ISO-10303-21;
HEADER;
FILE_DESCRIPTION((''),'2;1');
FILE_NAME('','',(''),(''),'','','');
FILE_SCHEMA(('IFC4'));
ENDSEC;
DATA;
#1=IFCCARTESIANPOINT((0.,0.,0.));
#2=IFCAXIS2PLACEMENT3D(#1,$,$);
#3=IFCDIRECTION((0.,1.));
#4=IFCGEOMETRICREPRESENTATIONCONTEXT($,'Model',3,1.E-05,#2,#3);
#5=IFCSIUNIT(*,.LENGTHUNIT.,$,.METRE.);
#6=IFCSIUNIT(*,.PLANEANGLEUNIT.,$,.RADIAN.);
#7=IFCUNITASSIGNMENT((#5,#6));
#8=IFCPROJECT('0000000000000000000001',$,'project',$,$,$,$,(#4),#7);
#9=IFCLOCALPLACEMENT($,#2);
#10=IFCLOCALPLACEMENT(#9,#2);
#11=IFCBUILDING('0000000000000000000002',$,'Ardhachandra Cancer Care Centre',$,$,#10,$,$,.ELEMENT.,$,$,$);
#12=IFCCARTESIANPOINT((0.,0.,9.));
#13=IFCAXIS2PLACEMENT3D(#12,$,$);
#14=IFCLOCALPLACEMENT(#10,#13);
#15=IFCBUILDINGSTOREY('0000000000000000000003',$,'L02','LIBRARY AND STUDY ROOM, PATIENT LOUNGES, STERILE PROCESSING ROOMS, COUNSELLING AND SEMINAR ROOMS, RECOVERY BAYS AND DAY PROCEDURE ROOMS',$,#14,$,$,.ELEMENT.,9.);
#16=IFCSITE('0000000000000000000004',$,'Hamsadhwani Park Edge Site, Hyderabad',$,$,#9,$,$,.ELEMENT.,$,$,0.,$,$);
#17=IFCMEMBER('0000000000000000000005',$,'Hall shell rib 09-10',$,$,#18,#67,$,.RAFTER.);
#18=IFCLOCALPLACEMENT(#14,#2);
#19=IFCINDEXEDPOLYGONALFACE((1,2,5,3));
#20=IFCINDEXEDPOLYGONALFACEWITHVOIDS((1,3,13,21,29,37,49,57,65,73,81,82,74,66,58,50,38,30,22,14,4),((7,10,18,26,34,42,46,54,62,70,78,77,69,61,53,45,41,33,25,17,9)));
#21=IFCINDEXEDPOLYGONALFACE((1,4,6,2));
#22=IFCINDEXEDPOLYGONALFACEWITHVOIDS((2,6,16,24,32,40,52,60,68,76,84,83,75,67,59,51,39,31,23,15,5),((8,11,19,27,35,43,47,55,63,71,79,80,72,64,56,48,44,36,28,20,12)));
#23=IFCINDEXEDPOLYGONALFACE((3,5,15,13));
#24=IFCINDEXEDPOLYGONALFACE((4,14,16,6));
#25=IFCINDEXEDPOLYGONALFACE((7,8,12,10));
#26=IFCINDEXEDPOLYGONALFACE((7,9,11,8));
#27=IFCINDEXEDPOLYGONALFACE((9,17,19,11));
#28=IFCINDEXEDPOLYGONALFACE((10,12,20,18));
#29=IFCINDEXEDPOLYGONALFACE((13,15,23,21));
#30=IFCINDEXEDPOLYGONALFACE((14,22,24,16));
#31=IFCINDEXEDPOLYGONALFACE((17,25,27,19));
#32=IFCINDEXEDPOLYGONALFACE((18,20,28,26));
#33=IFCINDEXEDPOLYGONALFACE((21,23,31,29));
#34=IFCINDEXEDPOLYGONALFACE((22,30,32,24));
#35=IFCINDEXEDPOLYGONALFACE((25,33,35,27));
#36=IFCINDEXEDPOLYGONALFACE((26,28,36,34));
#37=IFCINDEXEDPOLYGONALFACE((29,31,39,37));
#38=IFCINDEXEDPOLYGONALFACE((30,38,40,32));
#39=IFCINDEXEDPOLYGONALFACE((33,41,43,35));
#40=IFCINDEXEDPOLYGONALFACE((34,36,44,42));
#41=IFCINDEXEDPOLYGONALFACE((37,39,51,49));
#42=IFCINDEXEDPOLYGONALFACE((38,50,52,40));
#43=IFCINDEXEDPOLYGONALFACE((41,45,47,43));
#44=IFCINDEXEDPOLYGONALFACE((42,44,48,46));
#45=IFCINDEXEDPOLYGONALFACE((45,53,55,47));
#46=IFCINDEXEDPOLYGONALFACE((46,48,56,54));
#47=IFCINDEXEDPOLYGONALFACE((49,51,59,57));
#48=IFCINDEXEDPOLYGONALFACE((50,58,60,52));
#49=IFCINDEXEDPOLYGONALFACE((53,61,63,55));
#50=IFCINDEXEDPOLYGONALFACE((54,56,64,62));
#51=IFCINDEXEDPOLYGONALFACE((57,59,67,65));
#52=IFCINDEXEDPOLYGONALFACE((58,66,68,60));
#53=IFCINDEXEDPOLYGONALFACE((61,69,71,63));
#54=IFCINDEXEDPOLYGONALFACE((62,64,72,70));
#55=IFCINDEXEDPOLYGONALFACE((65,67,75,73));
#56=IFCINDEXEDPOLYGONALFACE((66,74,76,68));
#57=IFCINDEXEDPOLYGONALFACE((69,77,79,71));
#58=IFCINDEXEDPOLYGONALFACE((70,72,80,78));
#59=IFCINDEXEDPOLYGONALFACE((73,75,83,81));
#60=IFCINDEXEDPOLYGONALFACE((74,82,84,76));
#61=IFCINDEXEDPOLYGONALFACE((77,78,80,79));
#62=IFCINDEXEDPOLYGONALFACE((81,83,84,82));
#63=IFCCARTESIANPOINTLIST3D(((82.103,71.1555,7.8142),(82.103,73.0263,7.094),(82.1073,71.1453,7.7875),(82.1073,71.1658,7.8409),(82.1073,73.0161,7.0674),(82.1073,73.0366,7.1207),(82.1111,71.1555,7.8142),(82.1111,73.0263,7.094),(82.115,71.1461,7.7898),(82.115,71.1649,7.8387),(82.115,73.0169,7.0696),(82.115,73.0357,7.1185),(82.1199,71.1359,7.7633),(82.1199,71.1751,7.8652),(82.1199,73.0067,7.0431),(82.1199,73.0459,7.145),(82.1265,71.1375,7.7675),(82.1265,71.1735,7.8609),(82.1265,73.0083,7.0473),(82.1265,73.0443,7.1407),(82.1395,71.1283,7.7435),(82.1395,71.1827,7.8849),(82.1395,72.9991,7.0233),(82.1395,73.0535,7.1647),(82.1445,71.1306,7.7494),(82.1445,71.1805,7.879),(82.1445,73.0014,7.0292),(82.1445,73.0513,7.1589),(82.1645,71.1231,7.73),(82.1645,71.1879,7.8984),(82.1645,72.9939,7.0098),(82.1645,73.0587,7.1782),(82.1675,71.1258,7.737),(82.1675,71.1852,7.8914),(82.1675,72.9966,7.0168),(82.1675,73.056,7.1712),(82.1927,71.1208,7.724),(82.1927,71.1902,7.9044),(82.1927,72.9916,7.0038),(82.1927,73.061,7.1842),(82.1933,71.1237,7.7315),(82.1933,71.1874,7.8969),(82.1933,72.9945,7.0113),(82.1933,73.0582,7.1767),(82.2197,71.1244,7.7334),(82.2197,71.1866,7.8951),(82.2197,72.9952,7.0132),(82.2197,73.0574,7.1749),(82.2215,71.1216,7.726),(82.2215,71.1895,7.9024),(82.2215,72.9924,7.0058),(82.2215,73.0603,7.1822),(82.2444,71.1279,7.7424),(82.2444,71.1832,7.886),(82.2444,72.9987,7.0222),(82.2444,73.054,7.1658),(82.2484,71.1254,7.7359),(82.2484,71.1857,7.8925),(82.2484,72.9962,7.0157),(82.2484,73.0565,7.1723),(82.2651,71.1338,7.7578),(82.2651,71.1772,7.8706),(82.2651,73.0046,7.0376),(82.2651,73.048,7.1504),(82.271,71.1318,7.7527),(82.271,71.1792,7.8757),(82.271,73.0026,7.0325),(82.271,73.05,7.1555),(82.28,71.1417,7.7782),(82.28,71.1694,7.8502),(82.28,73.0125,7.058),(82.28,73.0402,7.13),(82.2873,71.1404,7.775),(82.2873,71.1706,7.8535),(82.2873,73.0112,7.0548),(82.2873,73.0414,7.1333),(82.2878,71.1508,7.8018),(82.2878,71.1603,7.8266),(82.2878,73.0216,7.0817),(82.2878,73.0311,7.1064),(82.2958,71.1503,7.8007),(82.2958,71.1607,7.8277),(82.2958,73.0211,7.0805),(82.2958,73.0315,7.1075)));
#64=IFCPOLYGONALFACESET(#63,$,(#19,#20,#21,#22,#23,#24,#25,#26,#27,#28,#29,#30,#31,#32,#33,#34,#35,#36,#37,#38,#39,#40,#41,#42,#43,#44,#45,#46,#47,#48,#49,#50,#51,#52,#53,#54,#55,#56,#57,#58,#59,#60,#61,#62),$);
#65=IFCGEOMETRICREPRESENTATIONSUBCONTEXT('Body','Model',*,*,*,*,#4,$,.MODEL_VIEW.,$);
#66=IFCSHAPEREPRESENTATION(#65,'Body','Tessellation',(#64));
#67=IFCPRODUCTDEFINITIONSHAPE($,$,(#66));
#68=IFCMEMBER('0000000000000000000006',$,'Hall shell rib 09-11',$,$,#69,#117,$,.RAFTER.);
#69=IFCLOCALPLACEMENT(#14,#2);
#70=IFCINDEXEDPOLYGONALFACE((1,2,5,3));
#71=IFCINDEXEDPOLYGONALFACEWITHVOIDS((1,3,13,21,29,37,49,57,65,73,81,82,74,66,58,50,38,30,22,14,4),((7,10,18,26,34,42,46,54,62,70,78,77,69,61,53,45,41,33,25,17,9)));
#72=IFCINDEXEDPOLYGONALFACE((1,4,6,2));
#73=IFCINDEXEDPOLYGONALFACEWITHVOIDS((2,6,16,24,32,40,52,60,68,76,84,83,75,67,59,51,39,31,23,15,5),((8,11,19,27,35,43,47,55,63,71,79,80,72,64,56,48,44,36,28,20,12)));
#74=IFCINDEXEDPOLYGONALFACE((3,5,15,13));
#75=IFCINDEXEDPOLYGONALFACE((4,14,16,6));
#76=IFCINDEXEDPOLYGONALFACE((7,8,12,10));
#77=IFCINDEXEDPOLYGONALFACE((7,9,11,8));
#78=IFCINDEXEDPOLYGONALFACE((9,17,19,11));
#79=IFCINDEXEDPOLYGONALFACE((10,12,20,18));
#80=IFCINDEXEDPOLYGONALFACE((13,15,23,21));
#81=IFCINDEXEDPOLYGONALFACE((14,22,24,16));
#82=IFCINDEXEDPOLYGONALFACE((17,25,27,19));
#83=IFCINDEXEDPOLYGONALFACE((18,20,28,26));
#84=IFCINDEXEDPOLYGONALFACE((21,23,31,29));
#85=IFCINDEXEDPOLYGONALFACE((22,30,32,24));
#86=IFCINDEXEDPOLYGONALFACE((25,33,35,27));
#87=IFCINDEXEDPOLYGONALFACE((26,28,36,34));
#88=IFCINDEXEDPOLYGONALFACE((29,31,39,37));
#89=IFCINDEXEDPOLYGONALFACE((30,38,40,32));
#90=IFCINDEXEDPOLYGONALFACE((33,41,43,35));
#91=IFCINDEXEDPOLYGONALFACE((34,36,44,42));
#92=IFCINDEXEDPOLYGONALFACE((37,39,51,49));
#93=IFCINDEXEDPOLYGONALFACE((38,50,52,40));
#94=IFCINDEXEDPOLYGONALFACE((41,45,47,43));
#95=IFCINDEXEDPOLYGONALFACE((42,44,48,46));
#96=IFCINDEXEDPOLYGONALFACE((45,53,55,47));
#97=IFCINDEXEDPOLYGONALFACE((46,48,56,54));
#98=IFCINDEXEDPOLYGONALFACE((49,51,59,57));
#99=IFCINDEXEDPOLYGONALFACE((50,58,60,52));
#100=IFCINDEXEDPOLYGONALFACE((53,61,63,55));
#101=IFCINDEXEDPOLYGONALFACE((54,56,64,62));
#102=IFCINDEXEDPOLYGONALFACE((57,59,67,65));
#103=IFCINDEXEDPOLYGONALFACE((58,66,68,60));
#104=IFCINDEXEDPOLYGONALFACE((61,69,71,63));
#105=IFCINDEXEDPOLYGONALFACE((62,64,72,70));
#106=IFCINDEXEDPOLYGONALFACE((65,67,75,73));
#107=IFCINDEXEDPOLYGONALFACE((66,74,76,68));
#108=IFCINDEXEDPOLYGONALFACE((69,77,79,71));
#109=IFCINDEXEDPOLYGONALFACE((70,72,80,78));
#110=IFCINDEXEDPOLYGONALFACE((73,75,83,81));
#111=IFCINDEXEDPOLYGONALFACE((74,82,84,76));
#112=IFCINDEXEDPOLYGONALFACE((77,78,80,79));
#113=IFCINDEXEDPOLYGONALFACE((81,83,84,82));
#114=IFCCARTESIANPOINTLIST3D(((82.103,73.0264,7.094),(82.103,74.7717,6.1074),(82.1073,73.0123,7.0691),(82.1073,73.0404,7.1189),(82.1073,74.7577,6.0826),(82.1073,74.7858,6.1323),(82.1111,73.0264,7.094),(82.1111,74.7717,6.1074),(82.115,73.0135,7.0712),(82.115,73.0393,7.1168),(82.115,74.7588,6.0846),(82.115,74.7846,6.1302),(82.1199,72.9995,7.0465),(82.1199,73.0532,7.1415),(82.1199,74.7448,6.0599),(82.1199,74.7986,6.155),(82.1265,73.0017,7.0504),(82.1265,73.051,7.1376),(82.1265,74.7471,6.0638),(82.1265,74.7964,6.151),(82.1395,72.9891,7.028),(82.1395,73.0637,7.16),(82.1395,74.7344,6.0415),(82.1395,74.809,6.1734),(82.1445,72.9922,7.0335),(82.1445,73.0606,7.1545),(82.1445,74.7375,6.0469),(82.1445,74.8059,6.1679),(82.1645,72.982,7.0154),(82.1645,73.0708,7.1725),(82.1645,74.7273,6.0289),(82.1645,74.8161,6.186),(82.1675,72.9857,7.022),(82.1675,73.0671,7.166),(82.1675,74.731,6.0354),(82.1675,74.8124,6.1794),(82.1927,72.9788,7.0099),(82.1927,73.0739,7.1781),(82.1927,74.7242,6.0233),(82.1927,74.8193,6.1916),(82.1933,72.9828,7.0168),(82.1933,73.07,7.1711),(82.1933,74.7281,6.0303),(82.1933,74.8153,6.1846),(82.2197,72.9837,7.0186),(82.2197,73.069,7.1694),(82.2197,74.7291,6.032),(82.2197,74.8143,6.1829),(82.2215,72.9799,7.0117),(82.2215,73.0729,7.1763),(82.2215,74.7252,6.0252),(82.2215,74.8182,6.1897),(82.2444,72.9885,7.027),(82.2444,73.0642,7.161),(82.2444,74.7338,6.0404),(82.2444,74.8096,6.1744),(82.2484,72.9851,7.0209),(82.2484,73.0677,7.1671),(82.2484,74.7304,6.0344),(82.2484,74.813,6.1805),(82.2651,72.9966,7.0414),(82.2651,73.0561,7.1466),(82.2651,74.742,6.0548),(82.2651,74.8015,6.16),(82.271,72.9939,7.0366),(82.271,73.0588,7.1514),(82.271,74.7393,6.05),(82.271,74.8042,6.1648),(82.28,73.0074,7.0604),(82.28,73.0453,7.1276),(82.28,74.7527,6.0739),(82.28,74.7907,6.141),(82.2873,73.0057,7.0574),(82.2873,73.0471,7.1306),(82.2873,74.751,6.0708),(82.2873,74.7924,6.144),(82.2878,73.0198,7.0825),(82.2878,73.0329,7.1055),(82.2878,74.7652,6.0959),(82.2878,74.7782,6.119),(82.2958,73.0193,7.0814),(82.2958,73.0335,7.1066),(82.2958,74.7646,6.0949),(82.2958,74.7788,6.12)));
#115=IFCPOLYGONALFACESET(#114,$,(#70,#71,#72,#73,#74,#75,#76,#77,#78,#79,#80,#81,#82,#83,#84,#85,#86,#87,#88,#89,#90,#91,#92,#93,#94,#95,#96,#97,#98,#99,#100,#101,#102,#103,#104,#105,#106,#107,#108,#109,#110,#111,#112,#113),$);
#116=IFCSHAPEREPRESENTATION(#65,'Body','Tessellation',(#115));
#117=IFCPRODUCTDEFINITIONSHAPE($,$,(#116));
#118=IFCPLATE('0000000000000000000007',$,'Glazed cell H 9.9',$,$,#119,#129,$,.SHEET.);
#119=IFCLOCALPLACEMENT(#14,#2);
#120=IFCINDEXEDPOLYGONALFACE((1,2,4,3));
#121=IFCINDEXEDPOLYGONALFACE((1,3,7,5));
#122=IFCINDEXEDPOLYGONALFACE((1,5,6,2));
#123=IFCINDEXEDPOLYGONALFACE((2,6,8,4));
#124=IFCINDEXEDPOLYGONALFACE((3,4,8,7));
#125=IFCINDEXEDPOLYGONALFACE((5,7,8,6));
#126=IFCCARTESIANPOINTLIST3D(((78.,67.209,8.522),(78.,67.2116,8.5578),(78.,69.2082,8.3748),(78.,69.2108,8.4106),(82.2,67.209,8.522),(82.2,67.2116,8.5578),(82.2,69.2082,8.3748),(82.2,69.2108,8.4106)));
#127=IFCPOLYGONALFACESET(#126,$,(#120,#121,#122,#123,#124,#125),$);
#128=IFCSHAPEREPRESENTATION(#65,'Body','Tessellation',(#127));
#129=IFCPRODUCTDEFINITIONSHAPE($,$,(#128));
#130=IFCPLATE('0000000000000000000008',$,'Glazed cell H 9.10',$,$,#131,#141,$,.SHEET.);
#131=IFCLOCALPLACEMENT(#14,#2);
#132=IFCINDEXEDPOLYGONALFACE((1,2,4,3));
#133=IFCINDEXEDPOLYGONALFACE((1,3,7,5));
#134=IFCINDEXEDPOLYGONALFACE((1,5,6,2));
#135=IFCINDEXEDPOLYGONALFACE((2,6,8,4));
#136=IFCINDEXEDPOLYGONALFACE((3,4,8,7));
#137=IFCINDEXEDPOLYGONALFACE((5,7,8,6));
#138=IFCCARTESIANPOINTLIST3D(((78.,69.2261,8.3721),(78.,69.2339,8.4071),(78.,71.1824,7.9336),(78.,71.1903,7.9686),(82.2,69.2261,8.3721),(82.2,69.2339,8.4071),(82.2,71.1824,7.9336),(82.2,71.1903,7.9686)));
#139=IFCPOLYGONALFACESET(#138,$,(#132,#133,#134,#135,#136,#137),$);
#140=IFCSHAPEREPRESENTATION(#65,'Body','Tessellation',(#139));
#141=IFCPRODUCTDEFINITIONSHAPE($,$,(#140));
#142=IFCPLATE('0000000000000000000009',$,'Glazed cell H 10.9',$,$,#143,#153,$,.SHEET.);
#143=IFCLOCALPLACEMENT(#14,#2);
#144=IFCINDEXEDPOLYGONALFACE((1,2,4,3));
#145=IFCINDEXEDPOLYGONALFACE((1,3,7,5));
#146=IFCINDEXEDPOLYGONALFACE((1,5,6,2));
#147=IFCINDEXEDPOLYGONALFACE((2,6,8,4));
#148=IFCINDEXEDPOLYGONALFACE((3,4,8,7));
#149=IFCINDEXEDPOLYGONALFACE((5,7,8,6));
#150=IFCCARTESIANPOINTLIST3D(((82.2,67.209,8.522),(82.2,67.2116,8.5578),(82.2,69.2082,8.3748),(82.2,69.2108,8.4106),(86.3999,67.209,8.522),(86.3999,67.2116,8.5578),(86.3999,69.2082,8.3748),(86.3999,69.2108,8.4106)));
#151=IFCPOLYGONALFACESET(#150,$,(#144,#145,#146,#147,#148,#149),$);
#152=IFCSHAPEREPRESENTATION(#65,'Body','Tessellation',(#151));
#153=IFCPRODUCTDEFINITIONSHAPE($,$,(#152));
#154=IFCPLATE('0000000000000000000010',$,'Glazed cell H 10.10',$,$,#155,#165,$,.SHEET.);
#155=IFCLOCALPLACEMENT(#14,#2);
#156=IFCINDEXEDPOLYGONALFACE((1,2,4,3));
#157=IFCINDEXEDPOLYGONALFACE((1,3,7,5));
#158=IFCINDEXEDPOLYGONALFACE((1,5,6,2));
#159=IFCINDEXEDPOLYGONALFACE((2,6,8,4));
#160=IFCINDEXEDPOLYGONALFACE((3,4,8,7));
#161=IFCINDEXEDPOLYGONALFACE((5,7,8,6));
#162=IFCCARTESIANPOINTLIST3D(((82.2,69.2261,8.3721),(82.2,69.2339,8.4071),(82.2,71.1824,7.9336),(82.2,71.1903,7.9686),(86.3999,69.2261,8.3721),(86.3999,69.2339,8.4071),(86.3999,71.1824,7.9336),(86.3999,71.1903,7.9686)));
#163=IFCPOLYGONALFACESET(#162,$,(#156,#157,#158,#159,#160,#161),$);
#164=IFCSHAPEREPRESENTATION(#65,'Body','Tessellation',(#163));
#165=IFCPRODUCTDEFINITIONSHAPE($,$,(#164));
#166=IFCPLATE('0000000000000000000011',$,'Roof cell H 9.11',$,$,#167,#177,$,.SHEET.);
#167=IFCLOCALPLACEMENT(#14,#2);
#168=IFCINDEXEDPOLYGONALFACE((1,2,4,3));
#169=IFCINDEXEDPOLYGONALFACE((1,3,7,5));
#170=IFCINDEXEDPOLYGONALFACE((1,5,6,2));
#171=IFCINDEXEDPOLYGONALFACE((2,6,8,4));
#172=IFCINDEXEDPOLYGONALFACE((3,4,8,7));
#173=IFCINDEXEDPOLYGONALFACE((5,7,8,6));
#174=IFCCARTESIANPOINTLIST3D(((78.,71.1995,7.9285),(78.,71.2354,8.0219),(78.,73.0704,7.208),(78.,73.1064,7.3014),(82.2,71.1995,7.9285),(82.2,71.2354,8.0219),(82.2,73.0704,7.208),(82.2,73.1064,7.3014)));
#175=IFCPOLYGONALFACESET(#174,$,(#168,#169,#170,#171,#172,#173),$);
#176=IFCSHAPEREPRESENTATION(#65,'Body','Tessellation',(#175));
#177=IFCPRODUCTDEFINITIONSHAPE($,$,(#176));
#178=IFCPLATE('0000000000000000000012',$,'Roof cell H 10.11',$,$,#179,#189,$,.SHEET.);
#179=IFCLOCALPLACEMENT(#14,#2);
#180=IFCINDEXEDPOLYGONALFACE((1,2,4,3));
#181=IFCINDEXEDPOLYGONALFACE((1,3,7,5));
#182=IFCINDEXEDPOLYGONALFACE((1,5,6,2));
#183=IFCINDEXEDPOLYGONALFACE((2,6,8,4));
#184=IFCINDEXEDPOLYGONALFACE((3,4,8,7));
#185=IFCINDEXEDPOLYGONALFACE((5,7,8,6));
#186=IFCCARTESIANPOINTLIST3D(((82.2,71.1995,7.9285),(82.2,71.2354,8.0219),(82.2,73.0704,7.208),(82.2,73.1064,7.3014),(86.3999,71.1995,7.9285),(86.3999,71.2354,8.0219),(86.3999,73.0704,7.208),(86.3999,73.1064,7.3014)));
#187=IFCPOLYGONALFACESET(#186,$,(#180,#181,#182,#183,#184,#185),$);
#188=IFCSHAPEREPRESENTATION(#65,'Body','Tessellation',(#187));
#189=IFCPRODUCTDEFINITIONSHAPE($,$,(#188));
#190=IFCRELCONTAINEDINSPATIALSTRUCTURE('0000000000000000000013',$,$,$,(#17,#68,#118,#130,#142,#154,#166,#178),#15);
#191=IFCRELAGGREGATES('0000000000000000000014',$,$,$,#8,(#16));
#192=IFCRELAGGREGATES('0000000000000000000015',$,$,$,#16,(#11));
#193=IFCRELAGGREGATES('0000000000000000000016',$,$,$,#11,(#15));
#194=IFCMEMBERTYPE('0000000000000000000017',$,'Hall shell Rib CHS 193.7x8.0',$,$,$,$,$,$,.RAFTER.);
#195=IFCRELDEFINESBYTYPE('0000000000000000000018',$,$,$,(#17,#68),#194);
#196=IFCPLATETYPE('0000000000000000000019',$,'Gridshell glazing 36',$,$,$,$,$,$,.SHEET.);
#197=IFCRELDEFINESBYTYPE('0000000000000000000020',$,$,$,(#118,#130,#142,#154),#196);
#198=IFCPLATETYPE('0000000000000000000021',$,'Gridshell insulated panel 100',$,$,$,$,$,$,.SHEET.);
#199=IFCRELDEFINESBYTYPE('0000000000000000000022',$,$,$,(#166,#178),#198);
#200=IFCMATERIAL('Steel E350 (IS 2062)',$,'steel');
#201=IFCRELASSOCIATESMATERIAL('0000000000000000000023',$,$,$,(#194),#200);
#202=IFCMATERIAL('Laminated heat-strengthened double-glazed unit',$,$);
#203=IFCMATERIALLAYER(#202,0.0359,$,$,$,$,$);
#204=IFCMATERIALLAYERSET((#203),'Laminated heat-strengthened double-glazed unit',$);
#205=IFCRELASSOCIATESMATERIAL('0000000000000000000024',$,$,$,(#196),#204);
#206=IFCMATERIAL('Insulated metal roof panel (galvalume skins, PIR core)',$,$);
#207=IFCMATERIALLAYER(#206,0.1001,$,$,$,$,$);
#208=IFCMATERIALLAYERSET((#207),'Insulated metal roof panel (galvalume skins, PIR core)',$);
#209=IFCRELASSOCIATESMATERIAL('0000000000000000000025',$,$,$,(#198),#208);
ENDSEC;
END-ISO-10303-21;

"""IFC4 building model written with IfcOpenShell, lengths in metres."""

from ifc_helpers import new_model, si_unit, direction, frame, origin, origin_2d, place, context, subcontext, project, spatial, polyline, hollow_circle, outline, extrude, material, layer, layer_set, material_profile, profile_set, type_object, element, save


model = new_model("IFC4")

# Units and contexts
model_context = context("Model", 3, precision=1e-05, world=origin(), true_north=direction((0.0, 1.0)))
body_context = subcontext(model_context, "Body", "Model", "MODEL_VIEW")
ifc_project = project(units=[si_unit("LENGTHUNIT", "METRE"), si_unit("PLANEANGLEUNIT", "RADIAN")], contexts=[model_context])

# Site, building, storey
site_placement = place(None, origin())
site = spatial("IfcSite", under=ifc_project, at=site_placement, Name="Hamsadhwani Park Edge Site, Hyderabad", CompositionType="ELEMENT", RefElevation=0.0)
building_placement = place(site_placement, origin())
building = spatial("IfcBuilding", under=site, at=building_placement, Name="Ardhachandra Cancer Care Centre", CompositionType="ELEMENT")
storey_placement = place(building_placement, frame((0.0, 0.0, 9.0)))
storey = spatial("IfcBuildingStorey", under=building, at=storey_placement, Name="L02", Description="LIBRARY AND STUDY ROOM, PATIENT LOUNGES, STERILE PROCESSING ROOMS, COUNSELLING AND SEMINAR ROOMS, RECOVERY BAYS AND DAY PROCEDURE ROOMS", CompositionType="ELEMENT", Elevation=9.0)

# Members
ifc_material_1 = material(Name="Steel E350 (IS 2062)", Category="steel")
ifc_material_profile_1 = material_profile(ifc_material_1, hollow_circle(Radius=0.0969, WallThickness=0.0081, at=origin_2d()), Name="CHS 193.7x8.0")
ifc_profile_set_1 = profile_set([ifc_material_profile_1], Name="Steel E350 (IS 2062)")
member_type_1 = type_object("IfcMemberType", Name="Hall shell Rib CHS 193.7x8.0", PredefinedType="RAFTER", material=ifc_profile_set_1)
member_1_placement = place(storey_placement, frame((82.2, 71.1555, 7.8142), z_axis=(0.0, 0.933236, -0.359265), x_axis=(-1.0, 0.0, 0.0)))
element("IfcMember", 1, at=member_1_placement, inside=storey, type_object=member_type_1, Name="Hall shell rib 09-10", PredefinedType="RAFTER", context=body_context, shape_type="SweptSolid", body=[
    extrude(hollow_circle(Radius=0.0969, WallThickness=0.0081, at=origin_2d()), origin(), (0.0, 0.0, 1.0), 2.0046),
])
member_2_placement = place(storey_placement, frame((82.2, 73.0264, 7.094), z_axis=(0.0, 0.870549, -0.492081), x_axis=(-1.0, 0.0, 0.0)))
element("IfcMember", 2, at=member_2_placement, inside=storey, type_object=member_type_1, Name="Hall shell rib 09-11", PredefinedType="RAFTER", context=body_context, shape_type="SweptSolid", body=[
    extrude(hollow_circle(Radius=0.0969, WallThickness=0.0081, at=origin_2d()), origin(), (0.0, 0.0, 1.0), 2.0049),
])

# Plates
ifc_material_2 = material(Name="Laminated heat-strengthened double-glazed unit")
ifc_layer_1 = layer(ifc_material_2, 0.0359)
ifc_layer_set_1 = layer_set([ifc_layer_1], Name="Laminated heat-strengthened double-glazed unit")
plate_type_1 = type_object("IfcPlateType", Name="Gridshell glazing 36", PredefinedType="SHEET", material=ifc_layer_set_1)
plate_1_placement = place(storey_placement, frame((78.0, 67.209, 8.522), z_axis=(0.0, 0.073437, 0.9973), x_axis=(1.0, 0.0, 0.0)))
element("IfcPlate", 3, at=plate_1_placement, inside=storey, type_object=plate_type_1, Name="Glazed cell H 9.9", PredefinedType="SHEET", context=body_context, shape_type="SweptSolid", body=[
    extrude(outline(polyline([(0.0, 0.0), (4.2, 0.0), (4.2, 2.0046), (0.0, 2.0046), (0.0, 0.0)])), origin(), (0.0, 0.0, 1.0), 0.0359),
])
plate_2_placement = place(storey_placement, frame((78.0, 69.2261, 8.3721), z_axis=(0.0, 0.218709, 0.97579), x_axis=(1.0, 0.0, 0.0)))
element("IfcPlate", 4, at=plate_2_placement, inside=storey, type_object=plate_type_1, Name="Glazed cell H 9.10", PredefinedType="SHEET", context=body_context, shape_type="SweptSolid", body=[
    extrude(outline(polyline([(0.0, 0.0), (4.2, 0.0), (4.2, 2.0049), (0.0, 2.0049), (0.0, 0.0)])), origin(), (0.0, 0.0, 1.0), 0.0359),
])
plate_3_placement = place(storey_placement, frame((82.2, 67.209, 8.522), z_axis=(0.0, 0.073437, 0.9973), x_axis=(1.0, 0.0, 0.0)))
element("IfcPlate", 5, at=plate_3_placement, inside=storey, type_object=plate_type_1, Name="Glazed cell H 10.9", PredefinedType="SHEET", context=body_context, shape_type="SweptSolid", body=[
    extrude(outline(polyline([(0.0, 0.0), (4.2, 0.0), (4.2, 2.0046), (0.0, 2.0046), (0.0, 0.0)])), origin(), (0.0, 0.0, 1.0), 0.0359),
])
plate_4_placement = place(storey_placement, frame((82.2, 69.2261, 8.3721), z_axis=(0.0, 0.218709, 0.97579), x_axis=(1.0, 0.0, 0.0)))
element("IfcPlate", 6, at=plate_4_placement, inside=storey, type_object=plate_type_1, Name="Glazed cell H 10.10", PredefinedType="SHEET", context=body_context, shape_type="SweptSolid", body=[
    extrude(outline(polyline([(0.0, 0.0), (4.2, 0.0), (4.2, 2.0049), (0.0, 2.0049), (0.0, 0.0)])), origin(), (0.0, 0.0, 1.0), 0.0359),
])
ifc_material_3 = material(Name="Insulated metal roof panel (galvalume skins, PIR core)")
ifc_layer_2 = layer(ifc_material_3, 0.1001)
ifc_layer_set_2 = layer_set([ifc_layer_2], Name="Insulated metal roof panel (galvalume skins, PIR core)")
plate_type_2 = type_object("IfcPlateType", Name="Gridshell insulated panel 100", PredefinedType="SHEET", material=ifc_layer_set_2)
for number, where, z_axis, x_axis, name in (
    (7, (78.0, 71.1995, 7.9285), (0.0, 0.359371, 0.933195), (1.0, 0.0, 0.0), "Roof cell H 9.11"),
    (8, (82.2, 71.1995, 7.9285), (0.0, 0.359371, 0.933195), (1.0, 0.0, 0.0), "Roof cell H 10.11"),
):
    element("IfcPlate", number, at=place(storey_placement, frame(where, z_axis=z_axis, x_axis=x_axis)), inside=storey, type_object=plate_type_2, Name=name, PredefinedType="SHEET", context=body_context, shape_type="SweptSolid", body=[
        extrude(outline(polyline([(0.0, 0.0), (4.2, 0.0), (4.2, 2.0049), (0.0, 2.0049), (0.0, 0.0)])), origin(), (0.0, 0.0, 1.0), 0.1001),
    ])

save(model, "model.ifc")
